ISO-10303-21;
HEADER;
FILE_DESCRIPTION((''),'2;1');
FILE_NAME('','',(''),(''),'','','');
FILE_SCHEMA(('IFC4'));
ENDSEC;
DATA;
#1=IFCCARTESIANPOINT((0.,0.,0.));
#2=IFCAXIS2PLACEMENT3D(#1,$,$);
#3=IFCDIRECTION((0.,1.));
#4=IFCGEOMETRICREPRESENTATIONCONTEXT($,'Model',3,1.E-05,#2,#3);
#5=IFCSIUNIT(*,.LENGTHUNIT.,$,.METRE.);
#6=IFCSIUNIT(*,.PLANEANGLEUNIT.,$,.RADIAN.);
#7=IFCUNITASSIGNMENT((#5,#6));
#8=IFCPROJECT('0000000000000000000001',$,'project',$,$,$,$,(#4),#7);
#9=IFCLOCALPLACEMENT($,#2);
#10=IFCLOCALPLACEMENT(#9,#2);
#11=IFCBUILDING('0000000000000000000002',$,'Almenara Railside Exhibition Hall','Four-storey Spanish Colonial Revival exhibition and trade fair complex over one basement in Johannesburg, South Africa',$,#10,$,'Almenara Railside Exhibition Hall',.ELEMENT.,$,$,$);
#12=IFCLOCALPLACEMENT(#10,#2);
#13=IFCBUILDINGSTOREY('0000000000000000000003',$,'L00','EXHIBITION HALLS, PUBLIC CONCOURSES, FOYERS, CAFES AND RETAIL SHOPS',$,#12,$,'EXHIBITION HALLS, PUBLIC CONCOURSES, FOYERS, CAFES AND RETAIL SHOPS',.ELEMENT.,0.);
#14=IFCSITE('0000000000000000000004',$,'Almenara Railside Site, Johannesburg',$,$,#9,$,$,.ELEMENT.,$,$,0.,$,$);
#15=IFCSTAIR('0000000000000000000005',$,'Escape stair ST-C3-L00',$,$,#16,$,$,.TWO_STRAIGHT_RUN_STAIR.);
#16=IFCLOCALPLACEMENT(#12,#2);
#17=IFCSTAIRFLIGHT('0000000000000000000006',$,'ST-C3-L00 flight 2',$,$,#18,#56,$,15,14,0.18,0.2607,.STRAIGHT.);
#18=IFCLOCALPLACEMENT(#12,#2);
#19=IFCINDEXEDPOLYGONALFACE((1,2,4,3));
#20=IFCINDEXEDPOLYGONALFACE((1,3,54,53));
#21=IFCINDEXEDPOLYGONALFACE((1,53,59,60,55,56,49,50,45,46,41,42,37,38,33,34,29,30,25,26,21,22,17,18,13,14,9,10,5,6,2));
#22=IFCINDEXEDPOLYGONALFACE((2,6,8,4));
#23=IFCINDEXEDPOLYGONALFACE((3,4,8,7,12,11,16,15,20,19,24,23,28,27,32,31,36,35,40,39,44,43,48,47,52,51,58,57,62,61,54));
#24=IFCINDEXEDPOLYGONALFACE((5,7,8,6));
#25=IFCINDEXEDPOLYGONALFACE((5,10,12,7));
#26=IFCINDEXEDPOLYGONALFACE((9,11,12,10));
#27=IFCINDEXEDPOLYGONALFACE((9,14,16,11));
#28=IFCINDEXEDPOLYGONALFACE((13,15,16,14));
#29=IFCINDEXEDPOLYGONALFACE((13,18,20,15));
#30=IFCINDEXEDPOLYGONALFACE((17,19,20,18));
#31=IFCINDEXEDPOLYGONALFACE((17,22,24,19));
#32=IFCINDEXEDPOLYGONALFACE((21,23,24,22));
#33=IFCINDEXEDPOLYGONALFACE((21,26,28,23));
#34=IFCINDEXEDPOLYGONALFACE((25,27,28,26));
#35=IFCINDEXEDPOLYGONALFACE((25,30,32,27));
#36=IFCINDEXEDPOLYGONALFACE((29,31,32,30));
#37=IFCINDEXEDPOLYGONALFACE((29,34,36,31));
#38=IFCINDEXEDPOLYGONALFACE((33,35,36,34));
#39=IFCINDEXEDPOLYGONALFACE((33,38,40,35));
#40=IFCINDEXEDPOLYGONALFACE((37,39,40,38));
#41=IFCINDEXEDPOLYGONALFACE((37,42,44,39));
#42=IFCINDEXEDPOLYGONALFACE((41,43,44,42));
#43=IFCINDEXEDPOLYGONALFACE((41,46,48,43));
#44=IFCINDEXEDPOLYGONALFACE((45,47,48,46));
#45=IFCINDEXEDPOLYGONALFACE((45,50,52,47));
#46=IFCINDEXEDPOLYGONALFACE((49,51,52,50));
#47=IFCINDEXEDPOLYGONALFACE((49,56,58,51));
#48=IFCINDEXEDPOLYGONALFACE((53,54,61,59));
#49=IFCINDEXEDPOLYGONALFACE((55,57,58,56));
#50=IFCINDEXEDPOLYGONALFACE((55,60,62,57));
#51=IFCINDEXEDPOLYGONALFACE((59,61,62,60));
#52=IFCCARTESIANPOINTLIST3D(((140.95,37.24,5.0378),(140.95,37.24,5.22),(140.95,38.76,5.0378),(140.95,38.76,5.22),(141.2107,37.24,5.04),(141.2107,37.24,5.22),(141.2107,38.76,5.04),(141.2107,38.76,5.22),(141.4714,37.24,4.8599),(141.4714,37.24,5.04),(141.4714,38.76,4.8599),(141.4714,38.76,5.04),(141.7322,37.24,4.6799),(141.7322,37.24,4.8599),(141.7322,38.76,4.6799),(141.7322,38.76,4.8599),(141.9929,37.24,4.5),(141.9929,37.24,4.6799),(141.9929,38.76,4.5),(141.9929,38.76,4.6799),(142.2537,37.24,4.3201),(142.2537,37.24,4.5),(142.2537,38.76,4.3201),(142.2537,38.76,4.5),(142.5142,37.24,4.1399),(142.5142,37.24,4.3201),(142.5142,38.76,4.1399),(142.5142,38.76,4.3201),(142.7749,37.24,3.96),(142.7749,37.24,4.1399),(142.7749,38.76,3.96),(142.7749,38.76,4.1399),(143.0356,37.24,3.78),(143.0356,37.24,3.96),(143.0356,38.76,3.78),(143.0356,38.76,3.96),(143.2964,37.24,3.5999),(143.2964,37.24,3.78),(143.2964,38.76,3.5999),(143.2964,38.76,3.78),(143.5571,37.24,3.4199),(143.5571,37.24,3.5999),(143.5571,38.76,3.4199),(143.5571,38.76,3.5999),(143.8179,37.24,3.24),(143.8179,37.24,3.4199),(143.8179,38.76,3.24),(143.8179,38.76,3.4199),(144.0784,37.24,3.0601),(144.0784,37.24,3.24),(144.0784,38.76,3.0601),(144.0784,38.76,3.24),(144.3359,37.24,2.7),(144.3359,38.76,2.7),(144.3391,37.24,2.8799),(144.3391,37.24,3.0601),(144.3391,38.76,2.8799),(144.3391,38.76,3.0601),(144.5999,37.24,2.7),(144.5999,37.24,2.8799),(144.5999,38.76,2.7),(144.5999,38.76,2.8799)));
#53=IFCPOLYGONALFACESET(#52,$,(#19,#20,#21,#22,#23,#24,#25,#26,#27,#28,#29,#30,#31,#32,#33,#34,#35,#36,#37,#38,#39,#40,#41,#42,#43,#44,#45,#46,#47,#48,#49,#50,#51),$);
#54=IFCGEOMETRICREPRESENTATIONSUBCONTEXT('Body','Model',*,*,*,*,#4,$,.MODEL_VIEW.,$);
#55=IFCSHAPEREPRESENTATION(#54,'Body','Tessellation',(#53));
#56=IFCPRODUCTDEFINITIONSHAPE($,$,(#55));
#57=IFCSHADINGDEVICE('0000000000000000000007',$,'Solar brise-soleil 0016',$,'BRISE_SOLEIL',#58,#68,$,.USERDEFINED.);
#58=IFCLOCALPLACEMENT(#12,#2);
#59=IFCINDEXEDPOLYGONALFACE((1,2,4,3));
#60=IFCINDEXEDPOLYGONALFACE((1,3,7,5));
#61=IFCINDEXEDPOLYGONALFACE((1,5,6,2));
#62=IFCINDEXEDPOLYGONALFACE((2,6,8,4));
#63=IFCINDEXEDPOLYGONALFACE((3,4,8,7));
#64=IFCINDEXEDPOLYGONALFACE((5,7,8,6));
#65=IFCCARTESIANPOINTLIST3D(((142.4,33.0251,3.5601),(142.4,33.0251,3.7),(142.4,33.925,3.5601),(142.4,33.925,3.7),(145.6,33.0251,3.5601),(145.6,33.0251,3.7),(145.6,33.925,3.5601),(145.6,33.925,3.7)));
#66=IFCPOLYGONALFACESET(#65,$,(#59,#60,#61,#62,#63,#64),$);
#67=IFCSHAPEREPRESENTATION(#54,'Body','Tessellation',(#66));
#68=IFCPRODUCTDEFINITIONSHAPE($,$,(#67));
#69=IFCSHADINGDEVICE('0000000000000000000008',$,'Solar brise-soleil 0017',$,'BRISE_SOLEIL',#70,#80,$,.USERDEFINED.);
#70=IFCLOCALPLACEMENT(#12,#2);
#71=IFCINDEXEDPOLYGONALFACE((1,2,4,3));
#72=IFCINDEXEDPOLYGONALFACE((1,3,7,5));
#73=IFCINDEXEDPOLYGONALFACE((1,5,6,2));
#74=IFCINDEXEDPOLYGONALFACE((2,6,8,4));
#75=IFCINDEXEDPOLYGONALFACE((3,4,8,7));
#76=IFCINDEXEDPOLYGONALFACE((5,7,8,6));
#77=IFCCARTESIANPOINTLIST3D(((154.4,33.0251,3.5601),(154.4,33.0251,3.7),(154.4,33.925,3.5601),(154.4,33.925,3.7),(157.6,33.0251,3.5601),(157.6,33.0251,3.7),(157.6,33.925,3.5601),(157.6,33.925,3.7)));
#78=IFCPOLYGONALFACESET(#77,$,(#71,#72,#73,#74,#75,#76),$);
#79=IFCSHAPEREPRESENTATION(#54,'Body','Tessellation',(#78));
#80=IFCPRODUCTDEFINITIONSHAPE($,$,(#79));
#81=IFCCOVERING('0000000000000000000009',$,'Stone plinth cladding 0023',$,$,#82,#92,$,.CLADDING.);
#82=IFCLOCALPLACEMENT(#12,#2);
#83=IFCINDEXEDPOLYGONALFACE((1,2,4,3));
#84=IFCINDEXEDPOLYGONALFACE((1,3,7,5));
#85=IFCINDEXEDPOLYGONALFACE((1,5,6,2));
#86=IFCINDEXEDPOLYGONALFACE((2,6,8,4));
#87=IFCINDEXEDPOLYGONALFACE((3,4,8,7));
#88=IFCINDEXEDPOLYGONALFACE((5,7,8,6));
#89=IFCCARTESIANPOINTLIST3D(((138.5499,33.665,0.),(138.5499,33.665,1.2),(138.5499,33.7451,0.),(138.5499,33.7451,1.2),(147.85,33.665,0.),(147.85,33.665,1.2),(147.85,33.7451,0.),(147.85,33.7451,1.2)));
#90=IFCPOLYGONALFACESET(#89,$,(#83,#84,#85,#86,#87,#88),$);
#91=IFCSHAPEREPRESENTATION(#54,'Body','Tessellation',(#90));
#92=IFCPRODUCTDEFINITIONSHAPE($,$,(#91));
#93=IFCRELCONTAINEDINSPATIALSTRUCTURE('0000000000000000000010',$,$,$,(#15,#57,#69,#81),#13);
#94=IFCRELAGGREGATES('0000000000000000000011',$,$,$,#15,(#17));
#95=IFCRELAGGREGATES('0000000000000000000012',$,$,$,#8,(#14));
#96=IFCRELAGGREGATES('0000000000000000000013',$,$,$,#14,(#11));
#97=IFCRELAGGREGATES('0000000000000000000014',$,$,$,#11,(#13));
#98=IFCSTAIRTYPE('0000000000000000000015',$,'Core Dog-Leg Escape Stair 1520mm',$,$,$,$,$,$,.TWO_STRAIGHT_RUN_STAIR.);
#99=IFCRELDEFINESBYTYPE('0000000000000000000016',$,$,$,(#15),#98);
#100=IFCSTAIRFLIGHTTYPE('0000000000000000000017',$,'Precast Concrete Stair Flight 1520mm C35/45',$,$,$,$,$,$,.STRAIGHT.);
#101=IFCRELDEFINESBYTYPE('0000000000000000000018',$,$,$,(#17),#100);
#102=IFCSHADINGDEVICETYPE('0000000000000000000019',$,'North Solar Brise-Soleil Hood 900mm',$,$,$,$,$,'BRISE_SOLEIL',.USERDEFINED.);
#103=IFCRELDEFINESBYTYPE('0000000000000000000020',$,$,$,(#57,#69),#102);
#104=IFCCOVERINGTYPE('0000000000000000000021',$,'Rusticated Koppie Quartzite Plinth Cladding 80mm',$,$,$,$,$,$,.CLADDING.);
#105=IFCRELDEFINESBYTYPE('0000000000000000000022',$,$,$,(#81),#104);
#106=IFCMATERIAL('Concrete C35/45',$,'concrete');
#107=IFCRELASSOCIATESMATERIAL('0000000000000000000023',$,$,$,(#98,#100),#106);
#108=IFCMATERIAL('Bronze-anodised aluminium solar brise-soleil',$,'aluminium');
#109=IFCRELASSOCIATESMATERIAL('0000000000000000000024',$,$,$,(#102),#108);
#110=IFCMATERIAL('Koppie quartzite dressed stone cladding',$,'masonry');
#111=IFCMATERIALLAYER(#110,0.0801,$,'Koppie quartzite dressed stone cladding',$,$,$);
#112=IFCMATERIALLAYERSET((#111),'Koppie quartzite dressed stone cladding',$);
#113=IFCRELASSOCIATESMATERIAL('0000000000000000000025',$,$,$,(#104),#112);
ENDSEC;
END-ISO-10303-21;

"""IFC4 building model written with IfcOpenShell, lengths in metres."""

from ifc_helpers import new_model, si_unit, direction, frame, origin, origin_2d, place, context, subcontext, project, spatial, polyline, rectangle, outline, extrude, material, layer, layer_set, type_object, element, aggregate, save


model = new_model("IFC4")

# Units and contexts
model_context = context("Model", 3, precision=1e-05, world=origin(), true_north=direction((0.0, 1.0)))
body_context = subcontext(model_context, "Body", "Model", "MODEL_VIEW")
ifc_project = project(units=[si_unit("LENGTHUNIT", "METRE"), si_unit("PLANEANGLEUNIT", "RADIAN")], contexts=[model_context])

# Site, building, storey
site_placement = place(None, origin())
site = spatial("IfcSite", under=ifc_project, at=site_placement, Name="Almenara Railside Site, Johannesburg", CompositionType="ELEMENT", RefElevation=0.0)
building_placement = place(site_placement, origin())
building = spatial("IfcBuilding", under=site, at=building_placement, Name="Almenara Railside Exhibition Hall", Description="Four-storey Spanish Colonial Revival exhibition and trade fair complex over one basement in Johannesburg, South Africa", LongName="Almenara Railside Exhibition Hall", CompositionType="ELEMENT")
storey_placement = place(building_placement, origin())
storey = spatial("IfcBuildingStorey", under=building, at=storey_placement, Name="L00", Description="EXHIBITION HALLS, PUBLIC CONCOURSES, FOYERS, CAFES AND RETAIL SHOPS", LongName="EXHIBITION HALLS, PUBLIC CONCOURSES, FOYERS, CAFES AND RETAIL SHOPS", CompositionType="ELEMENT", Elevation=0.0)

# Shared definitions
ifc_material_1 = material(Name="Concrete C35/45", Category="concrete")

# Stair, stair flight
stair_type = type_object("IfcStairType", Name="Core Dog-Leg Escape Stair 1520mm", PredefinedType="TWO_STRAIGHT_RUN_STAIR", material=ifc_material_1)
stair_placement = place(storey_placement, origin())
stair = element("IfcStair", 1, at=stair_placement, inside=storey, type_object=stair_type, Name="Escape stair ST-C3-L00", PredefinedType="TWO_STRAIGHT_RUN_STAIR")
stair_flight_type = type_object("IfcStairFlightType", Name="Precast Concrete Stair Flight 1520mm C35/45", PredefinedType="STRAIGHT", material=ifc_material_1)
stair_flight_1_placement = place(storey_placement, frame((144.5999, 38.0, 2.7), z_axis=(0.0, 0.0, 1.0), x_axis=(-1.0, 0.0, 0.0)))
stair_flight_1 = element("IfcStairFlight", 2, at=stair_flight_1_placement, type_object=stair_flight_type, Name="ST-C3-L00 flight 2", NumberOfRisers=15, NumberOfTreads=14, PredefinedType="STRAIGHT", RiserHeight=0.18, TreadLength=0.2607, context=body_context, shape_type="SweptSolid", body=[
    extrude(outline(polyline([(0.0, 0.0), (0.0, 0.1799), (0.2607, 0.1799), (0.2607, 0.3601), (0.5215, 0.3601), (0.5215, 0.54), (0.782, 0.54), (0.782, 0.72), (1.0427, 0.72), (1.0427, 0.8999), (1.3035, 0.8999), (1.3035, 1.0801), (1.5642, 1.0801), (1.5642, 1.26), (1.825, 1.26), (1.825, 1.4399), (2.0857, 1.4399), (2.0857, 1.6201), (2.3462, 1.6201), (2.3462, 1.8), (2.6069, 1.8), (2.6069, 1.98), (2.8677, 1.98), (2.8677, 2.1599), (3.1284, 2.1599), (3.1284, 2.3401), (3.3892, 2.3401), (3.3892, 2.52), (3.6499, 2.52), (3.6499, 2.7), (3.6499, 2.3379), (0.2639, 0.0), (0.0, 0.0)])), frame((0.0, 0.76, 0.0), z_axis=(0.0, -1.0, 0.0), x_axis=(1.0, 0.0, 0.0)), (0.0, 0.0, 1.0), 1.52),
])
aggregate(stair, [stair_flight_1])

# Shading devices
ifc_material_2 = material(Name="Bronze-anodised aluminium solar brise-soleil", Category="aluminium")
shading_device_type = type_object("IfcShadingDeviceType", Name="North Solar Brise-Soleil Hood 900mm", ElementType="BRISE_SOLEIL", PredefinedType="USERDEFINED", material=ifc_material_2)
for number, where, z_axis, x_axis, name in (
    (3, (144.0, 33.4751, 3.5601), (0.0, 0.0, 1.0), (-1.0, 0.0, 0.0), "Solar brise-soleil 0016"),
    (4, (156.0, 33.4751, 3.5601), (0.0, 0.0, 1.0), (-1.0, 0.0, 0.0), "Solar brise-soleil 0017"),
):
    element("IfcShadingDevice", number, at=place(storey_placement, frame(where, z_axis=z_axis, x_axis=x_axis)), inside=storey, type_object=shading_device_type, Name=name, ObjectType="BRISE_SOLEIL", PredefinedType="USERDEFINED", context=body_context, shape_type="SweptSolid", body=[
        extrude(rectangle(XDim=3.2, YDim=0.8999, at=origin_2d()), origin(), (0.0, 0.0, 1.0), 0.1399),
    ])

# Covering
ifc_material_3 = material(Name="Koppie quartzite dressed stone cladding", Category="masonry")
ifc_layer_1 = layer(ifc_material_3, 0.0801, Name="Koppie quartzite dressed stone cladding")
ifc_layer_set_1 = layer_set([ifc_layer_1], Name="Koppie quartzite dressed stone cladding")
covering_type = type_object("IfcCoveringType", Name="Rusticated Koppie Quartzite Plinth Cladding 80mm", PredefinedType="CLADDING", material=ifc_layer_set_1)
covering_placement = place(storey_placement, frame((143.2, 33.7051, 0.0), z_axis=(0.0, 0.0, 1.0), x_axis=(1.0, 0.0, 0.0)))
element("IfcCovering", 5, at=covering_placement, inside=storey, type_object=covering_type, Name="Stone plinth cladding 0023", PredefinedType="CLADDING", context=body_context, shape_type="SweptSolid", body=[
    extrude(rectangle(XDim=9.3, YDim=0.0801, at=origin_2d()), origin(), (0.0, 0.0, 1.0), 1.2),
])

save(model, "model.ifc")
